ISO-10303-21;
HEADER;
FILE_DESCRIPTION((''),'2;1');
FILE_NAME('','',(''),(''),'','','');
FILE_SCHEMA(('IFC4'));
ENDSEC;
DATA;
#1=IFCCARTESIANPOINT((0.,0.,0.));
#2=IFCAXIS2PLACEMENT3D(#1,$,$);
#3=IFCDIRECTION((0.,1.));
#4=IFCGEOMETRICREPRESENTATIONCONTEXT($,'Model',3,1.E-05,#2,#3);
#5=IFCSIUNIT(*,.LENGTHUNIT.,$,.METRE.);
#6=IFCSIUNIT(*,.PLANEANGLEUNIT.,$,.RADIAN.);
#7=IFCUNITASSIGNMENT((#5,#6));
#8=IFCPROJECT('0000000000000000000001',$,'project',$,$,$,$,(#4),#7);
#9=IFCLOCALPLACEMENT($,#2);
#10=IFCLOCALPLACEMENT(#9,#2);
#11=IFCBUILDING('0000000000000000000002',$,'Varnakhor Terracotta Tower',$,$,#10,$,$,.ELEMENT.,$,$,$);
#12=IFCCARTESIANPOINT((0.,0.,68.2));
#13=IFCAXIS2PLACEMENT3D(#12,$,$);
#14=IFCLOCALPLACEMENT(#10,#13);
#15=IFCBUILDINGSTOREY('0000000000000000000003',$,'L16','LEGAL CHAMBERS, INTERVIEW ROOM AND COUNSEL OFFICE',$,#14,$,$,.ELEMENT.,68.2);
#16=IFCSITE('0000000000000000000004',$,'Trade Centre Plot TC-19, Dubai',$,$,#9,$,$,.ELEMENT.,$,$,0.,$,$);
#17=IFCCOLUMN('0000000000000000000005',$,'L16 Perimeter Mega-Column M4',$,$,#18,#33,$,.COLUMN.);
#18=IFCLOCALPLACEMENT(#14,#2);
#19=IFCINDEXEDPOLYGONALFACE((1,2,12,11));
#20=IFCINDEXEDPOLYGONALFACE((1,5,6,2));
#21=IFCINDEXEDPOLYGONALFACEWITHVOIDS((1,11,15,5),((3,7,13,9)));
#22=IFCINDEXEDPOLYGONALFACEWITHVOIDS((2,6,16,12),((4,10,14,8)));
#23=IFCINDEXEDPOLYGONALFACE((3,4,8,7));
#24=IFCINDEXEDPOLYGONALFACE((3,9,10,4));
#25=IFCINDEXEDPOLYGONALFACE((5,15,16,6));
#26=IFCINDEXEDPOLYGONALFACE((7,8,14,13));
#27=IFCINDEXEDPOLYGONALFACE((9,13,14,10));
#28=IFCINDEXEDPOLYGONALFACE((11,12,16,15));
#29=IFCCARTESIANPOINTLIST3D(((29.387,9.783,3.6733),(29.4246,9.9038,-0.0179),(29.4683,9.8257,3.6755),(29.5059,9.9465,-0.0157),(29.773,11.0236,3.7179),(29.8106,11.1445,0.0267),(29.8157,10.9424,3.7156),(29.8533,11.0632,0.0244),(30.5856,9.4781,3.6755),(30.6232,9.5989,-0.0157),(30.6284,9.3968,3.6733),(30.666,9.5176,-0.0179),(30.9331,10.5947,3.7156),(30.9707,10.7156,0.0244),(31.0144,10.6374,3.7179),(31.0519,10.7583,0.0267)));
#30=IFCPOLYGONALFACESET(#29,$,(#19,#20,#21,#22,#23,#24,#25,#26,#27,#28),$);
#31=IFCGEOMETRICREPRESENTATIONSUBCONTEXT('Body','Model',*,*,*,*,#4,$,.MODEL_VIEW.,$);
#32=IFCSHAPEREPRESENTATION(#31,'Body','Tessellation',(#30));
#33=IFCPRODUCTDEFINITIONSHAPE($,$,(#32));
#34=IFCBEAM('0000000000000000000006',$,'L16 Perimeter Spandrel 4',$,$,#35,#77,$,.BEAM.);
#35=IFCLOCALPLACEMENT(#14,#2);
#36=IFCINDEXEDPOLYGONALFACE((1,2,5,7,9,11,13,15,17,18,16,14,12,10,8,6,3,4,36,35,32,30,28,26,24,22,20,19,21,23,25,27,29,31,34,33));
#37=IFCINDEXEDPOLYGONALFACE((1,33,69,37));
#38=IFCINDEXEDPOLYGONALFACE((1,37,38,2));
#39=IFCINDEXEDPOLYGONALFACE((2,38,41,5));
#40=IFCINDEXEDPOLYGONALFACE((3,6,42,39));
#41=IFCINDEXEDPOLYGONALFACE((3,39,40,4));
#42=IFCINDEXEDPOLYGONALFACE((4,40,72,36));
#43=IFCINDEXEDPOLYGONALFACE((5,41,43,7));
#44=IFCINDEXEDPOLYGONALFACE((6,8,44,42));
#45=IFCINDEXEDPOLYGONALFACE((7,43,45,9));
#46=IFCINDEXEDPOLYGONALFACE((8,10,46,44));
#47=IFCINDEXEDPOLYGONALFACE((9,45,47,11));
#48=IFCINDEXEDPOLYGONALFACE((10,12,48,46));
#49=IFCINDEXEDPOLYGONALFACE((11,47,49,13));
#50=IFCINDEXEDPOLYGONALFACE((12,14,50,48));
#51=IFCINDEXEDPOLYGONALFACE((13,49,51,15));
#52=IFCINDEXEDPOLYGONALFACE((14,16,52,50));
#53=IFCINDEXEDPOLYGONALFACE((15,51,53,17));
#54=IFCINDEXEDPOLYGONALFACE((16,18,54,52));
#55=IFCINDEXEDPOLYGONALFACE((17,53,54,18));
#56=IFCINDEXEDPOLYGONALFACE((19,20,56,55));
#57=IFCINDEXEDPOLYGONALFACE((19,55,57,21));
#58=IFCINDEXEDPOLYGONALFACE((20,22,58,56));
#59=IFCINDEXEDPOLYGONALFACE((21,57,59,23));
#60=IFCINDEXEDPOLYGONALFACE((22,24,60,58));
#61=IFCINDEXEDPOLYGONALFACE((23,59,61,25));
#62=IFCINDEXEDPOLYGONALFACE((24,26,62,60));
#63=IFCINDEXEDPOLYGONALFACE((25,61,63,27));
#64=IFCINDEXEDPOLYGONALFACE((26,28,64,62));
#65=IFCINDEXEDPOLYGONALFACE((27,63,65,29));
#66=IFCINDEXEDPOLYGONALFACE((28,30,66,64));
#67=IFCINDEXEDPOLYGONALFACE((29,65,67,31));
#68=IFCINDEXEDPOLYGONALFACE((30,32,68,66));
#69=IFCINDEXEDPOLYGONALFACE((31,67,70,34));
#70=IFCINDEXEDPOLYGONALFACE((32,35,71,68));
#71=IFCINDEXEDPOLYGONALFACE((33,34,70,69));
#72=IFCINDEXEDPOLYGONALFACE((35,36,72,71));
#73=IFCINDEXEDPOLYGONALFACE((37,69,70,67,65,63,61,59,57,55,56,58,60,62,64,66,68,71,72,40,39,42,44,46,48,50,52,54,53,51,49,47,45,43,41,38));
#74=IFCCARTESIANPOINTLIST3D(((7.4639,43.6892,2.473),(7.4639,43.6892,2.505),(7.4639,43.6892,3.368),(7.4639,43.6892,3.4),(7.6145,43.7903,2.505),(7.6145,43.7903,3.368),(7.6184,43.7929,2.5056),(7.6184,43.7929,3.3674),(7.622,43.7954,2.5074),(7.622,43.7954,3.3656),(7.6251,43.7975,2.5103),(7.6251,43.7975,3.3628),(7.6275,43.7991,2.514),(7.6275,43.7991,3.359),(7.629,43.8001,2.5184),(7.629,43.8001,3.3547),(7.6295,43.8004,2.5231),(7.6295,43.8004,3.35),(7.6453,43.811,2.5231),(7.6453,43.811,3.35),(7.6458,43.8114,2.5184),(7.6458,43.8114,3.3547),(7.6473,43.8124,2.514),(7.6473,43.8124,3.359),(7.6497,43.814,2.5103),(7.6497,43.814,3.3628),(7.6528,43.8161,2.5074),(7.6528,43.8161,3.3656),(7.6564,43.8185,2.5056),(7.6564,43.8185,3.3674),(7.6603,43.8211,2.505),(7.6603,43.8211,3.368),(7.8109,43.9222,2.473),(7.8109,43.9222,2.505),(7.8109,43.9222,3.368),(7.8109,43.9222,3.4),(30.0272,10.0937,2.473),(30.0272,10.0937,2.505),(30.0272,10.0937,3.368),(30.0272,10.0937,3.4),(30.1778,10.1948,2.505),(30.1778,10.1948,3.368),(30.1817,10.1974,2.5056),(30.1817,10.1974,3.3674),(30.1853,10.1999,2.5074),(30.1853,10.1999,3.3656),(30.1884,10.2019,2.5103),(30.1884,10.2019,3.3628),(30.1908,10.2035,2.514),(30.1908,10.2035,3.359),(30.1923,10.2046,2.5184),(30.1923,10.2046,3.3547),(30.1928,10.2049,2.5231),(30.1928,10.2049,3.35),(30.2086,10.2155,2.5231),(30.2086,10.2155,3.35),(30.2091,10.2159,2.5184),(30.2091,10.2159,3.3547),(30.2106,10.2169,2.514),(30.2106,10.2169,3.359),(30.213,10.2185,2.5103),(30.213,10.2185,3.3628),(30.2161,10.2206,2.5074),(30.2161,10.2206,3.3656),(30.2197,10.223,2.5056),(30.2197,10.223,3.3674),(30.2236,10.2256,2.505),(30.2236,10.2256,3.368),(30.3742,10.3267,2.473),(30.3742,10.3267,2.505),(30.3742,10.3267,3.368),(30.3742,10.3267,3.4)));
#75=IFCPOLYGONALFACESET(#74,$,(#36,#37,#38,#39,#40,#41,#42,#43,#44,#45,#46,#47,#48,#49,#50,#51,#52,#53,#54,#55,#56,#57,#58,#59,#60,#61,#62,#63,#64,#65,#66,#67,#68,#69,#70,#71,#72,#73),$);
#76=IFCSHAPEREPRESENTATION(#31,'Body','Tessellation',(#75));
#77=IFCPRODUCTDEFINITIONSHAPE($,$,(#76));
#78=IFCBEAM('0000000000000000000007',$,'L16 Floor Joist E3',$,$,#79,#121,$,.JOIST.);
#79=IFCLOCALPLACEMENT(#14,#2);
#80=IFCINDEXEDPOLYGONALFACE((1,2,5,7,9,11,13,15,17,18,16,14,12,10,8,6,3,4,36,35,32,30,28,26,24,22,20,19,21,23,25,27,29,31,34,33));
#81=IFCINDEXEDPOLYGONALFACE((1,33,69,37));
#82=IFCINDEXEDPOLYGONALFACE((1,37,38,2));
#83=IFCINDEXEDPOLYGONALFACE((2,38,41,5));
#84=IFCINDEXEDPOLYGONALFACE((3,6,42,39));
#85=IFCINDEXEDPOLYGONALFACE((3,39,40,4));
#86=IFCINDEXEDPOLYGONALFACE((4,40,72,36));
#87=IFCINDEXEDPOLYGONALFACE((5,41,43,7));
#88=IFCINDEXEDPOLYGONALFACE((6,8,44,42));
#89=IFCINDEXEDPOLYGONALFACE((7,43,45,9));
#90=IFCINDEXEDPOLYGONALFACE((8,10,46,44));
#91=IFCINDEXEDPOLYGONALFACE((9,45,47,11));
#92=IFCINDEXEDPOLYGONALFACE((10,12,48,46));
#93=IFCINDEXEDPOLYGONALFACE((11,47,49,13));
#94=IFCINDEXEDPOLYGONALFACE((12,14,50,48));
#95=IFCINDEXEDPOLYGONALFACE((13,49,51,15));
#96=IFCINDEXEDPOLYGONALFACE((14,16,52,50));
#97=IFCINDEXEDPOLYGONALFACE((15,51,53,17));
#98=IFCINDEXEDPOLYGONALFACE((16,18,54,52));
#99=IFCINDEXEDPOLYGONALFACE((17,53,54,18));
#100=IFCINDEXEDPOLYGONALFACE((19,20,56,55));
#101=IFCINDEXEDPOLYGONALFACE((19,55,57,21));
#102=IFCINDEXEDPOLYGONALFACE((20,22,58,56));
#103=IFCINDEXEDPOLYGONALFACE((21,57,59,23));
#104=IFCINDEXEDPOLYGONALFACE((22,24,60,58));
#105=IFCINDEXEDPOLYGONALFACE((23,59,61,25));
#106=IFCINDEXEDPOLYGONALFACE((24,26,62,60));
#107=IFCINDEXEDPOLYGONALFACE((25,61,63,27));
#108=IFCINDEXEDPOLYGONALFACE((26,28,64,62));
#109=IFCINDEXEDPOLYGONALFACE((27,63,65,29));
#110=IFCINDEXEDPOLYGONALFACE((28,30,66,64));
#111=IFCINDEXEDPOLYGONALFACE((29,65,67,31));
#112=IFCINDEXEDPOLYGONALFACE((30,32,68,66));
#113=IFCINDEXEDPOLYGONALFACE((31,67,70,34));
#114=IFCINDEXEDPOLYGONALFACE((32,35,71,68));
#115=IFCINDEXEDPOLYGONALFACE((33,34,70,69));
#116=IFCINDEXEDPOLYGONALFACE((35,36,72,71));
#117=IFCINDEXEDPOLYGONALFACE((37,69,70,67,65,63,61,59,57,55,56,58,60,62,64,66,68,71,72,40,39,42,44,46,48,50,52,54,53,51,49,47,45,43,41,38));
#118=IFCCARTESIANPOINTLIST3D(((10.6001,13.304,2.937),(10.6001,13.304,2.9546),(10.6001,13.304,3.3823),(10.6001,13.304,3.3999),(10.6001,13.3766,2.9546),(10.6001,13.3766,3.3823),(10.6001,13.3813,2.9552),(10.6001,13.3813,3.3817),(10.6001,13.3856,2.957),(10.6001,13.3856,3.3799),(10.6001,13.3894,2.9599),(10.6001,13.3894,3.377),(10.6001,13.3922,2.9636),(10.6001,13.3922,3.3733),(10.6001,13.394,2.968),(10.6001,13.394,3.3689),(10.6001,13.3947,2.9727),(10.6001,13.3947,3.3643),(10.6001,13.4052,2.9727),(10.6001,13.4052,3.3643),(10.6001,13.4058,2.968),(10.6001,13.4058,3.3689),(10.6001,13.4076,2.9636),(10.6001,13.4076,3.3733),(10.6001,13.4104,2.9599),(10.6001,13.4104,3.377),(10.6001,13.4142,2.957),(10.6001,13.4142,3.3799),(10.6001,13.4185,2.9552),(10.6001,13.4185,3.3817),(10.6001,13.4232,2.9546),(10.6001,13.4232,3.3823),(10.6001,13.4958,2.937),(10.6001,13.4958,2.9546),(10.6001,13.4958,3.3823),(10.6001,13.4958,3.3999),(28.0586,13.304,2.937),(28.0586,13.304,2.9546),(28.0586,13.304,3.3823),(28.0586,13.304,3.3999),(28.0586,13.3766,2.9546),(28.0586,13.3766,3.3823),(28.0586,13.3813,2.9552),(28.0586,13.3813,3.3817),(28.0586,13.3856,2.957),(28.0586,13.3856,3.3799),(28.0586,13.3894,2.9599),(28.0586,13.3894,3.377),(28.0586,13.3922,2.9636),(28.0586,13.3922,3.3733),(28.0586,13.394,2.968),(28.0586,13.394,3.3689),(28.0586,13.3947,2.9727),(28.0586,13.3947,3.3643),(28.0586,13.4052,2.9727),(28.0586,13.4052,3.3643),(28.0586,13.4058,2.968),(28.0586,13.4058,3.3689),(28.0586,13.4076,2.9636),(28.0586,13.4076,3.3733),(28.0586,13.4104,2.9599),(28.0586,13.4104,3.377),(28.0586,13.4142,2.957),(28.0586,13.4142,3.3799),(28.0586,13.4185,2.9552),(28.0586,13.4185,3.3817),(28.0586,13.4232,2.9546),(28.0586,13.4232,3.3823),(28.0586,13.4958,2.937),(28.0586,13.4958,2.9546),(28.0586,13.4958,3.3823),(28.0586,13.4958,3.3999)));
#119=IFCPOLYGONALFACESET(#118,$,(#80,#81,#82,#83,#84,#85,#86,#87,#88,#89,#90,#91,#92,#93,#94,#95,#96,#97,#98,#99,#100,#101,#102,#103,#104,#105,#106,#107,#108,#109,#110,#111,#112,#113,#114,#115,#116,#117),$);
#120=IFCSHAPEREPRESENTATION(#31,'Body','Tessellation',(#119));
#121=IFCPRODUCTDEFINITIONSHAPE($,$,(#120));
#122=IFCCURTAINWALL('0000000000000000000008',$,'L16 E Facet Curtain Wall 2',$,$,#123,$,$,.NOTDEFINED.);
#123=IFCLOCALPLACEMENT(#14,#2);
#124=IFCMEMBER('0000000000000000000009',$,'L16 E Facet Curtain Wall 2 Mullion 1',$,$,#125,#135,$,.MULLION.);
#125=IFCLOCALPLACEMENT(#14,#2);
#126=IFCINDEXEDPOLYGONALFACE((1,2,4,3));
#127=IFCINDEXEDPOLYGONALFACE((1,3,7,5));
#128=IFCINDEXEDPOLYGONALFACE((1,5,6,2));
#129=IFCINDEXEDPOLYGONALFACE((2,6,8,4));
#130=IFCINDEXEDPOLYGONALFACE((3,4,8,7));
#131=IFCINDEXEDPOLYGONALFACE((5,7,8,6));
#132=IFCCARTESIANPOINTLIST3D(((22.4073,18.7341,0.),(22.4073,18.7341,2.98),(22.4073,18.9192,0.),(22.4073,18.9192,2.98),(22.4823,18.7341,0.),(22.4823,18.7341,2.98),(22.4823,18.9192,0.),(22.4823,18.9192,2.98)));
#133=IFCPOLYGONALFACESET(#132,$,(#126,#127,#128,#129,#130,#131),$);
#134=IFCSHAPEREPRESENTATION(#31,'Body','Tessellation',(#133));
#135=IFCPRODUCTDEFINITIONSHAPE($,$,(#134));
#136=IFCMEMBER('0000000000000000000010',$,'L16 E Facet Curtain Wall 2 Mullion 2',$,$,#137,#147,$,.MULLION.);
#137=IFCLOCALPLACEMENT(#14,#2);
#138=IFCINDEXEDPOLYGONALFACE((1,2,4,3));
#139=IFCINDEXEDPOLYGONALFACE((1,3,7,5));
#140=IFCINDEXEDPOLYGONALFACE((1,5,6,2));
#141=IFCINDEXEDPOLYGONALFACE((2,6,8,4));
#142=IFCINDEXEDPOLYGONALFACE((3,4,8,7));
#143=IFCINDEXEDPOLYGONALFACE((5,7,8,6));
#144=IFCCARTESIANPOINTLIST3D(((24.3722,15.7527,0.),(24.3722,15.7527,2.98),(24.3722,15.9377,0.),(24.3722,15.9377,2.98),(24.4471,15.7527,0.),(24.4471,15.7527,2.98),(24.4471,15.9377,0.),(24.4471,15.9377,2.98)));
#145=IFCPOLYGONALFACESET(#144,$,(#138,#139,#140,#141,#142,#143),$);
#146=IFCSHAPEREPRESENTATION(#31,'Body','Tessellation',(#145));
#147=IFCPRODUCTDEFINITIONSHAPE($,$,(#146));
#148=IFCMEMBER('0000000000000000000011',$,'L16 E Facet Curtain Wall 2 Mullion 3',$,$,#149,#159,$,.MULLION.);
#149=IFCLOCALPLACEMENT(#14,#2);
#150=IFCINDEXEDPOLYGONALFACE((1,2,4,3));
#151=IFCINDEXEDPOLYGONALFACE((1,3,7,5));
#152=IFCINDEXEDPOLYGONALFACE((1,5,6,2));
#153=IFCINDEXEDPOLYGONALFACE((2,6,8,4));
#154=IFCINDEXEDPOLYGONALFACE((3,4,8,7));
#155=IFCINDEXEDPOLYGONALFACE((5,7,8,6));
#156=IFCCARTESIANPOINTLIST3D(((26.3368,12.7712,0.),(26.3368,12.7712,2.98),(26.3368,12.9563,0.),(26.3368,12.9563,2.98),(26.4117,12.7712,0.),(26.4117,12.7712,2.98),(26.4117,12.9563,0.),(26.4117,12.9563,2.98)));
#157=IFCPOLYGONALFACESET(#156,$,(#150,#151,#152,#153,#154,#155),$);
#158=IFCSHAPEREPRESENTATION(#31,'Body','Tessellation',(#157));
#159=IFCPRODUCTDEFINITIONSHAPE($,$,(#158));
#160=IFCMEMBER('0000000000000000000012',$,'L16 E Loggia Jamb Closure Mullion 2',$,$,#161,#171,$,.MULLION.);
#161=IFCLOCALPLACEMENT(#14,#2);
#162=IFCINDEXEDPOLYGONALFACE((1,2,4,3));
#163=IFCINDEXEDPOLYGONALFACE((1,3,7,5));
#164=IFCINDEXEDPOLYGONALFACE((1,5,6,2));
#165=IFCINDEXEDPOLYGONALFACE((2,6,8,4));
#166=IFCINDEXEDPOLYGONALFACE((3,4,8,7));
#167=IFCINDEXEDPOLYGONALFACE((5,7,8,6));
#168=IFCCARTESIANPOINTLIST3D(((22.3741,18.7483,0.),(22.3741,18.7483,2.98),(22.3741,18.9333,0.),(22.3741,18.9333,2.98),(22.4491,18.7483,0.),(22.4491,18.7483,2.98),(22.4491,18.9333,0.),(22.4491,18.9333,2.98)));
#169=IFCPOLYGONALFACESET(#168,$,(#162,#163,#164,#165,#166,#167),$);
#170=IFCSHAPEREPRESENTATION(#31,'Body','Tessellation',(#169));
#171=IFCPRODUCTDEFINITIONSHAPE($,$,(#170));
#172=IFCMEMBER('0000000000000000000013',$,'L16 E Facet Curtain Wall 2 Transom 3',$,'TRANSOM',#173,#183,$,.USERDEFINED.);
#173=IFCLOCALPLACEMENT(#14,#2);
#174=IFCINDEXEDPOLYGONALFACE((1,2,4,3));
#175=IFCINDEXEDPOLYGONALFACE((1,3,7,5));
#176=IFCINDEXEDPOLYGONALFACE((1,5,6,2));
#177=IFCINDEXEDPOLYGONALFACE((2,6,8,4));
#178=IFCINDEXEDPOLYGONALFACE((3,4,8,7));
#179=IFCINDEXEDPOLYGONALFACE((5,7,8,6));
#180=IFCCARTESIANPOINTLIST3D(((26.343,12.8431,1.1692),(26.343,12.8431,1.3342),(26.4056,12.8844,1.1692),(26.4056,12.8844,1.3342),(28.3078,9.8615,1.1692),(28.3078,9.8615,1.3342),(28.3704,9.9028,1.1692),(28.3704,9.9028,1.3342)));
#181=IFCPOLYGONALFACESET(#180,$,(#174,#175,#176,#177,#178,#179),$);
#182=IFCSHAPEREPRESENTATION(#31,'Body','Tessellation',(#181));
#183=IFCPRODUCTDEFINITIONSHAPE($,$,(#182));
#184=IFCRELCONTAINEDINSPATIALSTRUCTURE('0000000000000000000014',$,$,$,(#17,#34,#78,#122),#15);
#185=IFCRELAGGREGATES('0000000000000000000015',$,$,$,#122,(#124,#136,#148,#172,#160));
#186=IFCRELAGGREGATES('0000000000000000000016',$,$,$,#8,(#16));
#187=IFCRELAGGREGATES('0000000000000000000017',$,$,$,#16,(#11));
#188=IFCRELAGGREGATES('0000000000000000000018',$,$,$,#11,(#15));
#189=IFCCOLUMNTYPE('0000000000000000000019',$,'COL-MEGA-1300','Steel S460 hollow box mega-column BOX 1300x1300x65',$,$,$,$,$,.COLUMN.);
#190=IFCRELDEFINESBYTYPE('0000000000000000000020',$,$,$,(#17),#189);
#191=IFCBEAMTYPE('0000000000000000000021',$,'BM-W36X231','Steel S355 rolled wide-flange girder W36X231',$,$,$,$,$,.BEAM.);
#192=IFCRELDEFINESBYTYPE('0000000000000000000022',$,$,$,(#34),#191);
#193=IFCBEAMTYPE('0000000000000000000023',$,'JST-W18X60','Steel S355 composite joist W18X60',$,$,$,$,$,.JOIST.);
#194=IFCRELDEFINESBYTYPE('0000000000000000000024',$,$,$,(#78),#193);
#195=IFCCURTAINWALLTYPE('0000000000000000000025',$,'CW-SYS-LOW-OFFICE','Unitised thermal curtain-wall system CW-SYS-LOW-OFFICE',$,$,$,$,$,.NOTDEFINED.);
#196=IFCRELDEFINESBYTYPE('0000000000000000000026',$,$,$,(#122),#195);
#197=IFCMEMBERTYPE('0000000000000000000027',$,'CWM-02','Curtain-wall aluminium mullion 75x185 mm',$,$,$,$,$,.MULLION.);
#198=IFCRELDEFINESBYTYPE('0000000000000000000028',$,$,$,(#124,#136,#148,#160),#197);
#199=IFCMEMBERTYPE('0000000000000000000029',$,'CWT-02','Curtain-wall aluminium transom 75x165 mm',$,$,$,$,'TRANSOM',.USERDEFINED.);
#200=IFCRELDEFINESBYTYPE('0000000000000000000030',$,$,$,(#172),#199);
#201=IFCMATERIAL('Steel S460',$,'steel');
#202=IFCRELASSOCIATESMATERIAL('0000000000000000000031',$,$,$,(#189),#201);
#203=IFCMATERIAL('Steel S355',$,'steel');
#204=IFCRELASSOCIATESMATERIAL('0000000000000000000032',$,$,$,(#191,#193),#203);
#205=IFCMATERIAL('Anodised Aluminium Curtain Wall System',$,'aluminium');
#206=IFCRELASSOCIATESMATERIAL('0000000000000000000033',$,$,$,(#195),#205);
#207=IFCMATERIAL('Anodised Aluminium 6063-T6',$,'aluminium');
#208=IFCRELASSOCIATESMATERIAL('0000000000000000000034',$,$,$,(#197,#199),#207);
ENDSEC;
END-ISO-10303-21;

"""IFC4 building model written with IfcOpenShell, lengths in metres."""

from ifc_helpers import new_model, si_unit, direction, frame, origin, origin_2d, place, context, subcontext, project, spatial, rectangle, hollow_rectangle, i_section, extrude, source, transform, mapped, material, material_profile, profile_set, type_object, element, aggregate, save


model = new_model("IFC4")

# Units and contexts
model_context = context("Model", 3, precision=1e-05, world=origin(), true_north=direction((0.0, 1.0)))
body_context = subcontext(model_context, "Body", "Model", "MODEL_VIEW")
ifc_project = project(units=[si_unit("LENGTHUNIT", "METRE"), si_unit("PLANEANGLEUNIT", "RADIAN")], contexts=[model_context])

# Site, building, storey
site_placement = place(None, origin())
site = spatial("IfcSite", under=ifc_project, at=site_placement, Name="Trade Centre Plot TC-19, Dubai", CompositionType="ELEMENT", RefElevation=0.0)
building_placement = place(site_placement, origin())
building = spatial("IfcBuilding", under=site, at=building_placement, Name="Varnakhor Terracotta Tower", CompositionType="ELEMENT")
storey_placement = place(building_placement, frame((0.0, 0.0, 68.2)))
storey = spatial("IfcBuildingStorey", under=building, at=storey_placement, Name="L16", Description="LEGAL CHAMBERS, INTERVIEW ROOM AND COUNSEL OFFICE", CompositionType="ELEMENT", Elevation=68.2)

# Column
ifc_material_1 = material(Name="Steel S460", Category="steel")
ifc_material_profile_1 = material_profile(ifc_material_1, hollow_rectangle(XDim=1.3, YDim=1.3, WallThickness=0.0649, at=origin_2d()), Name="BOX 1300x1300x65")
ifc_profile_set_1 = profile_set([ifc_material_profile_1], Name="Steel S460")
column_type = type_object("IfcColumnType", Name="COL-MEGA-1300", Description="Steel S460 hollow box mega-column BOX 1300x1300x65", PredefinedType="COLUMN", material=ifc_profile_set_1)
shared_shape_1 = source(origin(), body_context, "Body", "SweptSolid", [
    extrude(hollow_rectangle(XDim=1.3, YDim=1.3, WallThickness=0.0649, at=origin_2d()), origin(), (0.0, 0.0, 1.0), 3.6934),
])
column_placement = place(storey_placement, frame((30.2383, 10.3311, 0.0044), z_axis=(-0.01018, -0.032721, 0.999413), x_axis=(0.954857, -0.297067, 0.0)))
element("IfcColumn", 1, at=column_placement, inside=storey, type_object=column_type, Name="L16 Perimeter Mega-Column M4", PredefinedType="COLUMN", context=body_context, shape_type="MappedRepresentation", body=[
    mapped(shared_shape_1, transform((0.0, 0.0, 0.0), scale=1.0)),
])

# Beams
ifc_material_2 = material(Name="Steel S355", Category="steel")
ifc_material_profile_2 = material_profile(ifc_material_2, i_section(OverallWidth=0.418, OverallDepth=0.927, WebThickness=0.019, FlangeThickness=0.032, FilletRadius=0.0181, at=origin_2d()), Name="W36X231")
ifc_profile_set_2 = profile_set([ifc_material_profile_2], Name="Steel S355")
beam_type_1 = type_object("IfcBeamType", Name="BM-W36X231", Description="Steel S355 rolled wide-flange girder W36X231", PredefinedType="BEAM", material=ifc_profile_set_2)
shared_shape_2 = source(origin(), body_context, "Body", "SweptSolid", [
    extrude(i_section(OverallWidth=0.418, OverallDepth=0.927, WebThickness=0.019, FlangeThickness=0.032, FilletRadius=0.0181, at=origin_2d()), origin(), (0.0, 0.0, 1.0), 40.4692),
])
beam_1_placement = place(storey_placement, frame((30.2007, 10.2102, 2.9365), z_axis=(-0.557541, 0.830149, 0.0), x_axis=(-0.830149, -0.557541, 0.0)))
element("IfcBeam", 2, at=beam_1_placement, inside=storey, type_object=beam_type_1, Name="L16 Perimeter Spandrel 4", PredefinedType="BEAM", context=body_context, shape_type="MappedRepresentation", body=[
    mapped(shared_shape_2, transform((0.0, 0.0, 0.0), scale=1.0)),
])
ifc_material_profile_3 = material_profile(ifc_material_2, i_section(OverallWidth=0.1919, OverallDepth=0.4629, WebThickness=0.0105, FlangeThickness=0.0176, FilletRadius=0.0181, at=origin_2d()), Name="W18X60")
ifc_profile_set_3 = profile_set([ifc_material_profile_3], Name="Steel S355")
beam_type_2 = type_object("IfcBeamType", Name="JST-W18X60", Description="Steel S355 composite joist W18X60", PredefinedType="JOIST", material=ifc_profile_set_3)
shared_shape_3 = source(origin(), body_context, "Body", "SweptSolid", [
    extrude(i_section(OverallWidth=0.1919, OverallDepth=0.4629, WebThickness=0.0105, FlangeThickness=0.0176, FilletRadius=0.0181, at=origin_2d()), origin(), (0.0, 0.0, 1.0), 17.4585),
])
beam_2_placement = place(storey_placement, frame((10.6001, 13.3999, 3.1685), z_axis=(1.0, 0.0, 0.0), x_axis=(0.0, 1.0, 0.0)))
element("IfcBeam", 3, at=beam_2_placement, inside=storey, type_object=beam_type_2, Name="L16 Floor Joist E3", PredefinedType="JOIST", context=body_context, shape_type="MappedRepresentation", body=[
    mapped(shared_shape_3, transform((0.0, 0.0, 0.0), scale=1.0)),
])

# Curtain wall, members
ifc_material_3 = material(Name="Anodised Aluminium Curtain Wall System", Category="aluminium")
curtain_wall_type = type_object("IfcCurtainWallType", Name="CW-SYS-LOW-OFFICE", Description="Unitised thermal curtain-wall system CW-SYS-LOW-OFFICE", PredefinedType="NOTDEFINED", material=ifc_material_3)
curtain_wall_placement = place(storey_placement, origin())
curtain_wall = element("IfcCurtainWall", 4, at=curtain_wall_placement, inside=storey, type_object=curtain_wall_type, Name="L16 E Facet Curtain Wall 2", PredefinedType="NOTDEFINED")
ifc_material_4 = material(Name="Anodised Aluminium 6063-T6", Category="aluminium")
ifc_material_profile_4 = material_profile(ifc_material_4, rectangle(XDim=0.075, YDim=0.1851, at=origin_2d()), Name="ALU MULLION 75x185")
ifc_profile_set_4 = profile_set([ifc_material_profile_4], Name="Anodised Aluminium 6063-T6")
member_type_1 = type_object("IfcMemberType", Name="CWM-02", Description="Curtain-wall aluminium mullion 75x185 mm", PredefinedType="MULLION", material=ifc_profile_set_4)
shared_shape_4 = source(origin(), body_context, "Body", "SweptSolid", [
    extrude(rectangle(XDim=0.075, YDim=0.1851, at=origin_2d()), origin(), (0.0, 0.0, 1.0), 2.98),
])
member_1_placement = place(storey_placement, frame((22.4448, 18.8267, 0.0), z_axis=(0.0, 0.0, 1.0), x_axis=(1.0, 0.0, 0.0)))
member_1 = element("IfcMember", 5, at=member_1_placement, type_object=member_type_1, Name="L16 E Facet Curtain Wall 2 Mullion 1", PredefinedType="MULLION", context=body_context, shape_type="MappedRepresentation", body=[
    mapped(shared_shape_4, transform((0.0, 0.0, 0.0), scale=1.0)),
])
member_2_placement = place(storey_placement, frame((24.4097, 15.8452, 0.0), z_axis=(0.0, 0.0, 1.0), x_axis=(1.0, 0.0, 0.0)))
member_2 = element("IfcMember", 6, at=member_2_placement, type_object=member_type_1, Name="L16 E Facet Curtain Wall 2 Mullion 2", PredefinedType="MULLION", context=body_context, shape_type="MappedRepresentation", body=[
    mapped(shared_shape_4, transform((0.0, 0.0, 0.0), scale=1.0)),
])
member_3_placement = place(storey_placement, frame((26.3743, 12.8638, 0.0), z_axis=(0.0, 0.0, 1.0), x_axis=(1.0, 0.0, 0.0)))
member_3 = element("IfcMember", 7, at=member_3_placement, type_object=member_type_1, Name="L16 E Facet Curtain Wall 2 Mullion 3", PredefinedType="MULLION", context=body_context, shape_type="MappedRepresentation", body=[
    mapped(shared_shape_4, transform((0.0, 0.0, 0.0), scale=1.0)),
])
member_4_placement = place(storey_placement, frame((22.4116, 18.8408, 0.0), z_axis=(0.0, 0.0, 1.0), x_axis=(1.0, 0.0, 0.0)))
member_4 = element("IfcMember", 8, at=member_4_placement, type_object=member_type_1, Name="L16 E Loggia Jamb Closure Mullion 2", PredefinedType="MULLION", context=body_context, shape_type="MappedRepresentation", body=[
    mapped(shared_shape_4, transform((0.0, 0.0, 0.0), scale=1.0)),
])
ifc_material_profile_5 = material_profile(ifc_material_4, rectangle(XDim=0.075, YDim=0.165, at=origin_2d()), Name="ALU TRANSOM 75x165")
ifc_profile_set_5 = profile_set([ifc_material_profile_5], Name="Anodised Aluminium 6063-T6")
member_type_2 = type_object("IfcMemberType", Name="CWT-02", Description="Curtain-wall aluminium transom 75x165 mm", ElementType="TRANSOM", PredefinedType="USERDEFINED", material=ifc_profile_set_5)
shared_shape_5 = source(origin(), body_context, "Body", "SweptSolid", [
    extrude(rectangle(XDim=0.075, YDim=0.165, at=origin_2d()), origin(), (0.0, 0.0, 1.0), 3.5708),
])
member_5_placement = place(storey_placement, frame((26.3743, 12.8638, 1.2517), z_axis=(0.550243, -0.835005, 0.0), x_axis=(0.835005, 0.550243, 0.0)))
member_5 = element("IfcMember", 9, at=member_5_placement, type_object=member_type_2, Name="L16 E Facet Curtain Wall 2 Transom 3", ObjectType="TRANSOM", PredefinedType="USERDEFINED", context=body_context, shape_type="MappedRepresentation", body=[
    mapped(shared_shape_5, transform((0.0, 0.0, 0.0), scale=1.0)),
])
aggregate(curtain_wall, [member_1, member_2, member_3, member_5, member_4])

save(model, "model.ifc")
